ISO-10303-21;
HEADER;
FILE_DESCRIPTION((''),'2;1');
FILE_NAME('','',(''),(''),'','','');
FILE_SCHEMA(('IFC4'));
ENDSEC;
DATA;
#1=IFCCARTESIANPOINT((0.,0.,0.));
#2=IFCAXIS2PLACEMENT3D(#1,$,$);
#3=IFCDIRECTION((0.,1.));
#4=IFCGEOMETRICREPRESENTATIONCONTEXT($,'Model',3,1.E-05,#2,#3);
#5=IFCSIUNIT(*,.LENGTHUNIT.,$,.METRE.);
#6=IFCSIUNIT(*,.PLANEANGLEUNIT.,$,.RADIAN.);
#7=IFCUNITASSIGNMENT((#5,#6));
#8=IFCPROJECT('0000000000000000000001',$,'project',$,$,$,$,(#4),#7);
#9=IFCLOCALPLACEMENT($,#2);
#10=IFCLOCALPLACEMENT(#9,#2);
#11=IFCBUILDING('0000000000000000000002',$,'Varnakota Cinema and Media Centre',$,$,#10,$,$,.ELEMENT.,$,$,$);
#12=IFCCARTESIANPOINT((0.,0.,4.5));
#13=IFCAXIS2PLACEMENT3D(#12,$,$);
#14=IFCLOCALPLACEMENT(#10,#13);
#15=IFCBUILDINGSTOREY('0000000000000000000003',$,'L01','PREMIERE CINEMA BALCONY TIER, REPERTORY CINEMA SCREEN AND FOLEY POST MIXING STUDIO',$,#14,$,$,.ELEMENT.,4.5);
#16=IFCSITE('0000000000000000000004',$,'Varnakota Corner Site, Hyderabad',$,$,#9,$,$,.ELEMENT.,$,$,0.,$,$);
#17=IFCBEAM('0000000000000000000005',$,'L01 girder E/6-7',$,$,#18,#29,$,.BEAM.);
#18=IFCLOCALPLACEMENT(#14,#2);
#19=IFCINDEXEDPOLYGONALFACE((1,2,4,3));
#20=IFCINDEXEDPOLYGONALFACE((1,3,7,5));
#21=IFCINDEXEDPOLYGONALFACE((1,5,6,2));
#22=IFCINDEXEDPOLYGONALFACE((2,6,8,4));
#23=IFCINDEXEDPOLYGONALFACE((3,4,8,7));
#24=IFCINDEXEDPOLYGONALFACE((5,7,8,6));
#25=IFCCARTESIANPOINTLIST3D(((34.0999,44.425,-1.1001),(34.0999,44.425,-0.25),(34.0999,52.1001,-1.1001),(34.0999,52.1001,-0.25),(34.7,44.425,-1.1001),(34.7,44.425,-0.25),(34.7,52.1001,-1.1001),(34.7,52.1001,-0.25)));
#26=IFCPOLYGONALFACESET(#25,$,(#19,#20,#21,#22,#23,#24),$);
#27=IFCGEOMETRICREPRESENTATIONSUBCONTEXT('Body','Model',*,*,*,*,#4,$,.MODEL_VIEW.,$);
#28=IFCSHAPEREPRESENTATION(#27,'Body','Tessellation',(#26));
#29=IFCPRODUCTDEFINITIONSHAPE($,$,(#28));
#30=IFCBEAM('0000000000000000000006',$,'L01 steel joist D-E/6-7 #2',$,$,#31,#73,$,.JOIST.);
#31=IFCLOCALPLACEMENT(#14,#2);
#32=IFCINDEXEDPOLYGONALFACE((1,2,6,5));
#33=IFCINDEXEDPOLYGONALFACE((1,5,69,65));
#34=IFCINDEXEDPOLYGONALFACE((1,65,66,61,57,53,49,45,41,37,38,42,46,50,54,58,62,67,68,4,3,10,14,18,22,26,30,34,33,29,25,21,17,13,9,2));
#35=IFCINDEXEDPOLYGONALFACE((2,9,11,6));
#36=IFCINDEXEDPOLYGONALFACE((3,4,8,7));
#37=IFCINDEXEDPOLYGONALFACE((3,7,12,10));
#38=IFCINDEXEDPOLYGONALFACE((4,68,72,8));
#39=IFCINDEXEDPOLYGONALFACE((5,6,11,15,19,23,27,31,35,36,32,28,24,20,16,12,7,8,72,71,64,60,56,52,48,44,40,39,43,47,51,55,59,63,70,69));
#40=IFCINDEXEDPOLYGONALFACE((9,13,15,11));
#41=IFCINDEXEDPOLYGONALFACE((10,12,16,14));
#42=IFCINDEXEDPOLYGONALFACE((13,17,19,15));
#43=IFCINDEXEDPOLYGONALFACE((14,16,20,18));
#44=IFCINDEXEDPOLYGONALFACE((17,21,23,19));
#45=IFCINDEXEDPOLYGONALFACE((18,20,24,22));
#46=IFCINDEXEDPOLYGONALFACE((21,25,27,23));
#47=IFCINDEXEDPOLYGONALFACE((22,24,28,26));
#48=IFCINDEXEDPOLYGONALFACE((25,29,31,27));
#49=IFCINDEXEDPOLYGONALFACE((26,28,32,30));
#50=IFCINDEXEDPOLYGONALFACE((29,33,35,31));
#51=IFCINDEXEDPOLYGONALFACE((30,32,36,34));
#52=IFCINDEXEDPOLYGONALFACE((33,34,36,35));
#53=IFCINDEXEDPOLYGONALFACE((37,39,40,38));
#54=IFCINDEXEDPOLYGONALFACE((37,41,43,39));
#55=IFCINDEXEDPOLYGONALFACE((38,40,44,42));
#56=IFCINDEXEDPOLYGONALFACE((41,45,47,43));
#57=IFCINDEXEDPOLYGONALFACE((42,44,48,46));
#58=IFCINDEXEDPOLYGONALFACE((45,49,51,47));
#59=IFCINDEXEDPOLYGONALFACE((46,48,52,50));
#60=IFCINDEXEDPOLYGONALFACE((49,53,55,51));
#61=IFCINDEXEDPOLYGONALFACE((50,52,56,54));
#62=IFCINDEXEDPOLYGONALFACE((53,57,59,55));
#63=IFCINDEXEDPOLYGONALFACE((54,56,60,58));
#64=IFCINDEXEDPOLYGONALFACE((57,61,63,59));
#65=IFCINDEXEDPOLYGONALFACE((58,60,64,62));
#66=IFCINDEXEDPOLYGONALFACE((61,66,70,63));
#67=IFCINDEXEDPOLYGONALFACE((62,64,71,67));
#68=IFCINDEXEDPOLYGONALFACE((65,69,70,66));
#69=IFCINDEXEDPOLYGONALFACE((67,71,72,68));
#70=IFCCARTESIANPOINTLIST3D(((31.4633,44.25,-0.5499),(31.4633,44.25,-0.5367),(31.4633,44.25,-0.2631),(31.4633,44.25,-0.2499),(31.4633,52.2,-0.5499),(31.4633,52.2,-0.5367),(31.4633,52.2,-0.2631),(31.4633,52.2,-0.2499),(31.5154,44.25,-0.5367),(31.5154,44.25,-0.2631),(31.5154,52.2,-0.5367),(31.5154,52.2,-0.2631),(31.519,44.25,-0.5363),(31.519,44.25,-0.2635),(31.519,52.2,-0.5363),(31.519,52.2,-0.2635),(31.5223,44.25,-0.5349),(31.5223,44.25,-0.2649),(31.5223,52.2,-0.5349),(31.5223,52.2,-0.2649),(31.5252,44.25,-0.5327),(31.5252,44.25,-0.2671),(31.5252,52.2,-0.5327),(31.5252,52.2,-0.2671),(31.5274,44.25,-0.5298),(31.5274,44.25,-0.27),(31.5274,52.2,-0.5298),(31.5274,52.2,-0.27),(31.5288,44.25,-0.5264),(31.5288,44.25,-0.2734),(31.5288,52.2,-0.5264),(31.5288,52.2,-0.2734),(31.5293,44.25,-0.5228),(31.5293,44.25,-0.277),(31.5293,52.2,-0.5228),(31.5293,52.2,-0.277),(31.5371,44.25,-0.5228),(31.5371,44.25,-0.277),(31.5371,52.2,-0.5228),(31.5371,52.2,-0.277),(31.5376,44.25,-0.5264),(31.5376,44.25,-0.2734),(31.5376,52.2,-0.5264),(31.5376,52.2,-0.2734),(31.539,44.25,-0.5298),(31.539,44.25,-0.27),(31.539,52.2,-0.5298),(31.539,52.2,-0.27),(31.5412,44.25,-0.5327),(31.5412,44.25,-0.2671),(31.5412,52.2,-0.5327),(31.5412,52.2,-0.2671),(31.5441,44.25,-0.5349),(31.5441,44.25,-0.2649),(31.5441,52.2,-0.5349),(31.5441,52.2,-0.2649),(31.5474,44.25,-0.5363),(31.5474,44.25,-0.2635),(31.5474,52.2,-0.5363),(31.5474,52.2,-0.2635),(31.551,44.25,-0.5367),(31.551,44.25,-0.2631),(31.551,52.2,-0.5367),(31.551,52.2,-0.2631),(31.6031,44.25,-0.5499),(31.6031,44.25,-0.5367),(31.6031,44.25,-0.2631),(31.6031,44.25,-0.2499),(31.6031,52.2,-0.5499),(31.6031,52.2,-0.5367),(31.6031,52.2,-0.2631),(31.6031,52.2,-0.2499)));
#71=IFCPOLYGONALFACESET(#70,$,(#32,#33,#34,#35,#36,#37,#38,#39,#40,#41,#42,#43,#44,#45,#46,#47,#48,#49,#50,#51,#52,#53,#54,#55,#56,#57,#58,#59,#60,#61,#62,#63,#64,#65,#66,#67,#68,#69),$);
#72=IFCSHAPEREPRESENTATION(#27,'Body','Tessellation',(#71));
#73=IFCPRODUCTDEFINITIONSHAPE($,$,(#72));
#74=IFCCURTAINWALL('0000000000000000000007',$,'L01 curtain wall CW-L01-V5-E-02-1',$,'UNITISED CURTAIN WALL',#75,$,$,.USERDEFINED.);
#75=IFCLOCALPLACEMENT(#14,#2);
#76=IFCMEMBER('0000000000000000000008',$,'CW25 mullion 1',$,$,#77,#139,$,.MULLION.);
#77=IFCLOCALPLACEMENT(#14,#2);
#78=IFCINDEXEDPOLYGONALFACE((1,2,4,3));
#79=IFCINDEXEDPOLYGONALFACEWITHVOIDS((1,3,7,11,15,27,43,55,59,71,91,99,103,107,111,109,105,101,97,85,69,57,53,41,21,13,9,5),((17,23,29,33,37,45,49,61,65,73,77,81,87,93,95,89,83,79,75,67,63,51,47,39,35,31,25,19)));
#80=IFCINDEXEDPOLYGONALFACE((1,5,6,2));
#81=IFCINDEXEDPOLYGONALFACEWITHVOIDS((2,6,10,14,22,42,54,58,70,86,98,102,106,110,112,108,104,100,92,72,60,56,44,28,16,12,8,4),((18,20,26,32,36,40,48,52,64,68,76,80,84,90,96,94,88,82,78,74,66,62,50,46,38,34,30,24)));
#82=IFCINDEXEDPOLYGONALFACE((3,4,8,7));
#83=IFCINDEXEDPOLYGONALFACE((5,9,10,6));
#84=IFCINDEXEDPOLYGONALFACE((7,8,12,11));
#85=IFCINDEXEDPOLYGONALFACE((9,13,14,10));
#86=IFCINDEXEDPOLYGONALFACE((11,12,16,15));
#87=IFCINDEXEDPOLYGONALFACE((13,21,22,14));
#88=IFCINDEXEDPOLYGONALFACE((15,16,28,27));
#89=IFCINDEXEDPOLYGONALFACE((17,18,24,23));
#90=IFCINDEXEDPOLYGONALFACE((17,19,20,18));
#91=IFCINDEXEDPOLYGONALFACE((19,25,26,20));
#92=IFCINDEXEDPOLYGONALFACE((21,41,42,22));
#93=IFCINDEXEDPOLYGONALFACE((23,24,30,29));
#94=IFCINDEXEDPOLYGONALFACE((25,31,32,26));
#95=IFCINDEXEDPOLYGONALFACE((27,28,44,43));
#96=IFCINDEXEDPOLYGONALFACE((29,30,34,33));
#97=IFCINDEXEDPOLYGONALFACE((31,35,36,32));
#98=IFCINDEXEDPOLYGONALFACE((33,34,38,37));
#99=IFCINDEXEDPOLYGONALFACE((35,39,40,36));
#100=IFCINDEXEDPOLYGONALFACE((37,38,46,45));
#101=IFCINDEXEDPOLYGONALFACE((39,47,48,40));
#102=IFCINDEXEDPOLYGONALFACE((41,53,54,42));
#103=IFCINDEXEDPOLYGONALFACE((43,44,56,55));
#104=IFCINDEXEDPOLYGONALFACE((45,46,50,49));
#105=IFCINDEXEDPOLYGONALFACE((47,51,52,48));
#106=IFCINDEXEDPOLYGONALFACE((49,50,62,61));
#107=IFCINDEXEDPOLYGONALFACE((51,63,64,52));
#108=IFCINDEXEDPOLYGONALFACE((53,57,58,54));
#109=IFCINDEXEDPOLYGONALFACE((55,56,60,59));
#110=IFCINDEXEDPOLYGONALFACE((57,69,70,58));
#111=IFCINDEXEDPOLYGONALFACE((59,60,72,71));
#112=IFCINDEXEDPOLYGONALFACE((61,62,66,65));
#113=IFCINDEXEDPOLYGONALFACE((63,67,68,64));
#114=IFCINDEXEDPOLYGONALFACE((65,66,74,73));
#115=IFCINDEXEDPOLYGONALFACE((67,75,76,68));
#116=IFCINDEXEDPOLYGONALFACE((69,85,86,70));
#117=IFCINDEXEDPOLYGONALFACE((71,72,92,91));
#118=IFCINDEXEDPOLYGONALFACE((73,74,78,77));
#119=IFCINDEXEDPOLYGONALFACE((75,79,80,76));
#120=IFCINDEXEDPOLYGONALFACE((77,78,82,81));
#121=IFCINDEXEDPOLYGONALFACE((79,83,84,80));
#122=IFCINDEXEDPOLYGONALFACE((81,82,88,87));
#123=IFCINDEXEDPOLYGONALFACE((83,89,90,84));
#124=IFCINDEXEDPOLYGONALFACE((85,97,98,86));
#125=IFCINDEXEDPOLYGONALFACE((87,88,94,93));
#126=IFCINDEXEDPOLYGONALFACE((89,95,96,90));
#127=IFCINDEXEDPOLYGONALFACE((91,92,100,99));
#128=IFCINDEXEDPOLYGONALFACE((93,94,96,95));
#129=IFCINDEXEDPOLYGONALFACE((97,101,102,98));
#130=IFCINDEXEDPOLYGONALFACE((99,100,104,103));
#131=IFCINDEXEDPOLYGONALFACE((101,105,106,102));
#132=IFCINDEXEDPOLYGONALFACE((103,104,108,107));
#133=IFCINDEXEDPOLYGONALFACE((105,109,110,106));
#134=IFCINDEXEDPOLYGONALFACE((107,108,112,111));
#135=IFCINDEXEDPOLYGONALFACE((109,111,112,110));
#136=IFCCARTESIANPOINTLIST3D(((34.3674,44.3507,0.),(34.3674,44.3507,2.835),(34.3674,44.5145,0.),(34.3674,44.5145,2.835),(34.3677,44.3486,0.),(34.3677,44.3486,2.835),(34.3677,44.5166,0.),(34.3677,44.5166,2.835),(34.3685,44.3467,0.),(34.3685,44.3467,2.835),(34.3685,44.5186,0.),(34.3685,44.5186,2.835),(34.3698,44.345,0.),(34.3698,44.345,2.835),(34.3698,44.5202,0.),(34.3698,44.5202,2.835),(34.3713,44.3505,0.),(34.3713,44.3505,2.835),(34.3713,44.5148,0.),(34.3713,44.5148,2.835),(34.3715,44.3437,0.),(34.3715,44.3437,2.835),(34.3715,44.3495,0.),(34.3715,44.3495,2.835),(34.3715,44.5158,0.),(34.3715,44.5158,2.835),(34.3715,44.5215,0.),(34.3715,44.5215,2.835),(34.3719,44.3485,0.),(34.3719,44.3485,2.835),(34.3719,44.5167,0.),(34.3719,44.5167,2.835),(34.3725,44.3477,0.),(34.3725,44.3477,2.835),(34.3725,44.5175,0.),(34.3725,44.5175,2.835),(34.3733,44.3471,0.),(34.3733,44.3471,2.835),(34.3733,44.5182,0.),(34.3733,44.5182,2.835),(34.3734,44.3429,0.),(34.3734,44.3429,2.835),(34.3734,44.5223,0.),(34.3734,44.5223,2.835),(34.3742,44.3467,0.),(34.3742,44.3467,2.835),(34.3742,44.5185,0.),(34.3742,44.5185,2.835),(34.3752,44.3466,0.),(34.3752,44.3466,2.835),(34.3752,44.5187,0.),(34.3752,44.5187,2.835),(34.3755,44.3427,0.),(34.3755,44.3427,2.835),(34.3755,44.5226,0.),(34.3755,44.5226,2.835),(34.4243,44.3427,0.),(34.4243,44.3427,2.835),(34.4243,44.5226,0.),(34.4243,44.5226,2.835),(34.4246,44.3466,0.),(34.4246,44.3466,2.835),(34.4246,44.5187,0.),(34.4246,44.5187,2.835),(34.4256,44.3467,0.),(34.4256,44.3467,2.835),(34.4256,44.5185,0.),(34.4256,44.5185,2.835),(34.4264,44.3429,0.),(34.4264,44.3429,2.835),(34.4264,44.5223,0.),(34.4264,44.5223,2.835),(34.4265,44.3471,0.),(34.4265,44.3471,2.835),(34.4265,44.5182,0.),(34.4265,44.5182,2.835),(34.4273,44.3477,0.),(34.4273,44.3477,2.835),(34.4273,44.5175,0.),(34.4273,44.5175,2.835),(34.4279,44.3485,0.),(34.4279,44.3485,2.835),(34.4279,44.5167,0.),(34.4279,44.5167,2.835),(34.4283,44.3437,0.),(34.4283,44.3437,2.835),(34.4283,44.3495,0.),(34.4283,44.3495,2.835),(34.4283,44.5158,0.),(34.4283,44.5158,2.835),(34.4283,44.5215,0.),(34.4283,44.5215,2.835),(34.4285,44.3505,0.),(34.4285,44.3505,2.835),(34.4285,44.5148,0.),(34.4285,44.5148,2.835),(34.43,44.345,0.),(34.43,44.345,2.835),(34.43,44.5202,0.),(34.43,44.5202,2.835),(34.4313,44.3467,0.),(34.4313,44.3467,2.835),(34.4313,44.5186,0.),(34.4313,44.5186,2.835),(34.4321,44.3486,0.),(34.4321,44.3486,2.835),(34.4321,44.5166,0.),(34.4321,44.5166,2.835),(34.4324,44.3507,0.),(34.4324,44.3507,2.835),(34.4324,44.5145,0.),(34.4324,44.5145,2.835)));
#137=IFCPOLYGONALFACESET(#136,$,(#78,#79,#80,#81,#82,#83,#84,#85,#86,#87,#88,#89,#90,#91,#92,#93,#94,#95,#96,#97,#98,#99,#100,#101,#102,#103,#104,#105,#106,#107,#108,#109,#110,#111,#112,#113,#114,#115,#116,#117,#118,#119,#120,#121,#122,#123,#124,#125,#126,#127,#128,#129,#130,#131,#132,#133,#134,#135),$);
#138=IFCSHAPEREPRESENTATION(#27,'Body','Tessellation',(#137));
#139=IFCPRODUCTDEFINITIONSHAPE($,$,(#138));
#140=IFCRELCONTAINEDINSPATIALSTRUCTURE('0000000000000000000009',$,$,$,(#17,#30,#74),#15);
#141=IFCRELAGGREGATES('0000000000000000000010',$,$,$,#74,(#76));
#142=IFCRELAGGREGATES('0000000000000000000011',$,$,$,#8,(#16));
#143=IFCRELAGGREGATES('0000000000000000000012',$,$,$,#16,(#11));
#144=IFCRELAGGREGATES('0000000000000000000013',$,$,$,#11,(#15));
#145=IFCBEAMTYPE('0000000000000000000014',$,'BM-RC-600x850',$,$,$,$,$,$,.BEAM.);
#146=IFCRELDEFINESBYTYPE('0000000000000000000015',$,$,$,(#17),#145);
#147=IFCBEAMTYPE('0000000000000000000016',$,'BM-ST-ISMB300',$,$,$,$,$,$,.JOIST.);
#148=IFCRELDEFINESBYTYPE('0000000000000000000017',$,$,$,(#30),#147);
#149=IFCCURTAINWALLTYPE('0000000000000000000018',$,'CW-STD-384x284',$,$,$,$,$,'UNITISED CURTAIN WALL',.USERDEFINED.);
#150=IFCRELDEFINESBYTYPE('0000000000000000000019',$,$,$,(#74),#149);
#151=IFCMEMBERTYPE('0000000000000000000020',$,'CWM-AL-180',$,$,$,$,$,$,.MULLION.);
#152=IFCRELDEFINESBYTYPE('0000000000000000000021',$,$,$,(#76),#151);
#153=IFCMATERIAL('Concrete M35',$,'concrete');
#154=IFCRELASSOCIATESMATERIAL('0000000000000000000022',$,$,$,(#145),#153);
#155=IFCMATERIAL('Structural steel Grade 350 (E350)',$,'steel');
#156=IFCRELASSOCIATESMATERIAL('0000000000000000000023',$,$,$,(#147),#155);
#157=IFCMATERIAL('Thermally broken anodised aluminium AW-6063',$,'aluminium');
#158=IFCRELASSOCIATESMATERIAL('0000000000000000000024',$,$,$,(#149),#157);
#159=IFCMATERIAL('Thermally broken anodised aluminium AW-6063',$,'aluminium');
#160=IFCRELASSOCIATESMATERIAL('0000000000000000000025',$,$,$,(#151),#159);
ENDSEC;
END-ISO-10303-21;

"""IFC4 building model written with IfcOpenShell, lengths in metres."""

from ifc_helpers import new_model, si_unit, direction, frame, origin, origin_2d, place, context, subcontext, project, spatial, rectangle, hollow_rectangle, i_section, extrude, material, material_profile, profile_set, type_object, element, aggregate, save


model = new_model("IFC4")

# Units and contexts
model_context = context("Model", 3, precision=1e-05, world=origin(), true_north=direction((0.0, 1.0)))
body_context = subcontext(model_context, "Body", "Model", "MODEL_VIEW")
ifc_project = project(units=[si_unit("LENGTHUNIT", "METRE"), si_unit("PLANEANGLEUNIT", "RADIAN")], contexts=[model_context])

# Site, building, storey
site_placement = place(None, origin())
site = spatial("IfcSite", under=ifc_project, at=site_placement, Name="Varnakota Corner Site, Hyderabad", CompositionType="ELEMENT", RefElevation=0.0)
building_placement = place(site_placement, origin())
building = spatial("IfcBuilding", under=site, at=building_placement, Name="Varnakota Cinema and Media Centre", CompositionType="ELEMENT")
storey_placement = place(building_placement, frame((0.0, 0.0, 4.5)))
storey = spatial("IfcBuildingStorey", under=building, at=storey_placement, Name="L01", Description="PREMIERE CINEMA BALCONY TIER, REPERTORY CINEMA SCREEN AND FOLEY POST MIXING STUDIO", CompositionType="ELEMENT", Elevation=4.5)

# Beams
ifc_material_1 = material(Name="Concrete M35", Category="concrete")
ifc_material_profile_1 = material_profile(ifc_material_1, rectangle(XDim=0.6001, YDim=0.8501, at=origin_2d()), Name="RCB 600x850")
ifc_profile_set_1 = profile_set([ifc_material_profile_1], Name="Concrete M35")
beam_type_1 = type_object("IfcBeamType", Name="BM-RC-600x850", PredefinedType="BEAM", material=ifc_profile_set_1)
beam_1_placement = place(storey_placement, frame((34.3999, 44.425, -0.675), z_axis=(0.0, 1.0, 0.0), x_axis=(-1.0, 0.0, 0.0)))
element("IfcBeam", 1, at=beam_1_placement, inside=storey, type_object=beam_type_1, Name="L01 girder E/6-7", PredefinedType="BEAM", context=body_context, shape_type="SweptSolid", body=[
    extrude(rectangle(XDim=0.6001, YDim=0.8501, at=origin_2d()), origin(), (0.0, 0.0, 1.0), 7.675),
])
ifc_material_2 = material(Name="Structural steel Grade 350 (E350)", Category="steel")
ifc_material_profile_2 = material_profile(ifc_material_2, i_section(OverallWidth=0.1399, OverallDepth=0.3, WebThickness=0.0078, FlangeThickness=0.0132, FilletRadius=0.0139, at=origin_2d()), Name="ISMB 300")
ifc_profile_set_2 = profile_set([ifc_material_profile_2], Name="Structural steel Grade 350 (E350)")
beam_type_2 = type_object("IfcBeamType", Name="BM-ST-ISMB300", PredefinedType="JOIST", material=ifc_profile_set_2)
beam_2_placement = place(storey_placement, frame((31.5332, 44.25, -0.3999), z_axis=(0.0, 1.0, 0.0), x_axis=(-1.0, 0.0, 0.0)))
element("IfcBeam", 2, at=beam_2_placement, inside=storey, type_object=beam_type_2, Name="L01 steel joist D-E/6-7 #2", PredefinedType="JOIST", context=body_context, shape_type="SweptSolid", body=[
    extrude(i_section(OverallWidth=0.1399, OverallDepth=0.3, WebThickness=0.0078, FlangeThickness=0.0132, FilletRadius=0.0139, at=origin_2d()), origin(), (0.0, 0.0, 1.0), 7.95),
])

# Curtain wall, member
ifc_material_3 = material(Name="Thermally broken anodised aluminium AW-6063", Category="aluminium")
curtain_wall_type = type_object("IfcCurtainWallType", Name="CW-STD-384x284", ElementType="UNITISED CURTAIN WALL", PredefinedType="USERDEFINED", material=ifc_material_3)
curtain_wall_1_placement = place(storey_placement, origin())
curtain_wall_1 = element("IfcCurtainWall", 3, at=curtain_wall_1_placement, inside=storey, type_object=curtain_wall_type, Name="L01 curtain wall CW-L01-V5-E-02-1", ObjectType="UNITISED CURTAIN WALL", PredefinedType="USERDEFINED")
ifc_material_4 = material(Name="Thermally broken anodised aluminium AW-6063", Category="aluminium")
ifc_material_profile_3 = material_profile(ifc_material_4, hollow_rectangle(XDim=0.0649, YDim=0.1799, WallThickness=0.0039, InnerFilletRadius=0.0039, OuterFilletRadius=0.0081, at=origin_2d()), Name="AL-MULLION 180x65x4")
ifc_profile_set_3 = profile_set([ifc_material_profile_3], Name="Thermally broken anodised aluminium AW-6063")
member_type_1 = type_object("IfcMemberType", Name="CWM-AL-180", PredefinedType="MULLION", material=ifc_profile_set_3)
member_1_placement = place(storey_placement, frame((34.3999, 44.4326, 0.0), z_axis=(0.0, 0.0, 1.0), x_axis=(-1.0, 0.0, 0.0)))
member_1 = element("IfcMember", 4, at=member_1_placement, type_object=member_type_1, Name="CW25 mullion 1", PredefinedType="MULLION", context=body_context, shape_type="SweptSolid", body=[
    extrude(hollow_rectangle(XDim=0.0649, YDim=0.1799, WallThickness=0.0039, InnerFilletRadius=0.0039, OuterFilletRadius=0.0081, at=origin_2d()), origin(), (0.0, 0.0, 1.0), 2.835),
])

aggregate(curtain_wall_1, [member_1])

save(model, "model.ifc")
